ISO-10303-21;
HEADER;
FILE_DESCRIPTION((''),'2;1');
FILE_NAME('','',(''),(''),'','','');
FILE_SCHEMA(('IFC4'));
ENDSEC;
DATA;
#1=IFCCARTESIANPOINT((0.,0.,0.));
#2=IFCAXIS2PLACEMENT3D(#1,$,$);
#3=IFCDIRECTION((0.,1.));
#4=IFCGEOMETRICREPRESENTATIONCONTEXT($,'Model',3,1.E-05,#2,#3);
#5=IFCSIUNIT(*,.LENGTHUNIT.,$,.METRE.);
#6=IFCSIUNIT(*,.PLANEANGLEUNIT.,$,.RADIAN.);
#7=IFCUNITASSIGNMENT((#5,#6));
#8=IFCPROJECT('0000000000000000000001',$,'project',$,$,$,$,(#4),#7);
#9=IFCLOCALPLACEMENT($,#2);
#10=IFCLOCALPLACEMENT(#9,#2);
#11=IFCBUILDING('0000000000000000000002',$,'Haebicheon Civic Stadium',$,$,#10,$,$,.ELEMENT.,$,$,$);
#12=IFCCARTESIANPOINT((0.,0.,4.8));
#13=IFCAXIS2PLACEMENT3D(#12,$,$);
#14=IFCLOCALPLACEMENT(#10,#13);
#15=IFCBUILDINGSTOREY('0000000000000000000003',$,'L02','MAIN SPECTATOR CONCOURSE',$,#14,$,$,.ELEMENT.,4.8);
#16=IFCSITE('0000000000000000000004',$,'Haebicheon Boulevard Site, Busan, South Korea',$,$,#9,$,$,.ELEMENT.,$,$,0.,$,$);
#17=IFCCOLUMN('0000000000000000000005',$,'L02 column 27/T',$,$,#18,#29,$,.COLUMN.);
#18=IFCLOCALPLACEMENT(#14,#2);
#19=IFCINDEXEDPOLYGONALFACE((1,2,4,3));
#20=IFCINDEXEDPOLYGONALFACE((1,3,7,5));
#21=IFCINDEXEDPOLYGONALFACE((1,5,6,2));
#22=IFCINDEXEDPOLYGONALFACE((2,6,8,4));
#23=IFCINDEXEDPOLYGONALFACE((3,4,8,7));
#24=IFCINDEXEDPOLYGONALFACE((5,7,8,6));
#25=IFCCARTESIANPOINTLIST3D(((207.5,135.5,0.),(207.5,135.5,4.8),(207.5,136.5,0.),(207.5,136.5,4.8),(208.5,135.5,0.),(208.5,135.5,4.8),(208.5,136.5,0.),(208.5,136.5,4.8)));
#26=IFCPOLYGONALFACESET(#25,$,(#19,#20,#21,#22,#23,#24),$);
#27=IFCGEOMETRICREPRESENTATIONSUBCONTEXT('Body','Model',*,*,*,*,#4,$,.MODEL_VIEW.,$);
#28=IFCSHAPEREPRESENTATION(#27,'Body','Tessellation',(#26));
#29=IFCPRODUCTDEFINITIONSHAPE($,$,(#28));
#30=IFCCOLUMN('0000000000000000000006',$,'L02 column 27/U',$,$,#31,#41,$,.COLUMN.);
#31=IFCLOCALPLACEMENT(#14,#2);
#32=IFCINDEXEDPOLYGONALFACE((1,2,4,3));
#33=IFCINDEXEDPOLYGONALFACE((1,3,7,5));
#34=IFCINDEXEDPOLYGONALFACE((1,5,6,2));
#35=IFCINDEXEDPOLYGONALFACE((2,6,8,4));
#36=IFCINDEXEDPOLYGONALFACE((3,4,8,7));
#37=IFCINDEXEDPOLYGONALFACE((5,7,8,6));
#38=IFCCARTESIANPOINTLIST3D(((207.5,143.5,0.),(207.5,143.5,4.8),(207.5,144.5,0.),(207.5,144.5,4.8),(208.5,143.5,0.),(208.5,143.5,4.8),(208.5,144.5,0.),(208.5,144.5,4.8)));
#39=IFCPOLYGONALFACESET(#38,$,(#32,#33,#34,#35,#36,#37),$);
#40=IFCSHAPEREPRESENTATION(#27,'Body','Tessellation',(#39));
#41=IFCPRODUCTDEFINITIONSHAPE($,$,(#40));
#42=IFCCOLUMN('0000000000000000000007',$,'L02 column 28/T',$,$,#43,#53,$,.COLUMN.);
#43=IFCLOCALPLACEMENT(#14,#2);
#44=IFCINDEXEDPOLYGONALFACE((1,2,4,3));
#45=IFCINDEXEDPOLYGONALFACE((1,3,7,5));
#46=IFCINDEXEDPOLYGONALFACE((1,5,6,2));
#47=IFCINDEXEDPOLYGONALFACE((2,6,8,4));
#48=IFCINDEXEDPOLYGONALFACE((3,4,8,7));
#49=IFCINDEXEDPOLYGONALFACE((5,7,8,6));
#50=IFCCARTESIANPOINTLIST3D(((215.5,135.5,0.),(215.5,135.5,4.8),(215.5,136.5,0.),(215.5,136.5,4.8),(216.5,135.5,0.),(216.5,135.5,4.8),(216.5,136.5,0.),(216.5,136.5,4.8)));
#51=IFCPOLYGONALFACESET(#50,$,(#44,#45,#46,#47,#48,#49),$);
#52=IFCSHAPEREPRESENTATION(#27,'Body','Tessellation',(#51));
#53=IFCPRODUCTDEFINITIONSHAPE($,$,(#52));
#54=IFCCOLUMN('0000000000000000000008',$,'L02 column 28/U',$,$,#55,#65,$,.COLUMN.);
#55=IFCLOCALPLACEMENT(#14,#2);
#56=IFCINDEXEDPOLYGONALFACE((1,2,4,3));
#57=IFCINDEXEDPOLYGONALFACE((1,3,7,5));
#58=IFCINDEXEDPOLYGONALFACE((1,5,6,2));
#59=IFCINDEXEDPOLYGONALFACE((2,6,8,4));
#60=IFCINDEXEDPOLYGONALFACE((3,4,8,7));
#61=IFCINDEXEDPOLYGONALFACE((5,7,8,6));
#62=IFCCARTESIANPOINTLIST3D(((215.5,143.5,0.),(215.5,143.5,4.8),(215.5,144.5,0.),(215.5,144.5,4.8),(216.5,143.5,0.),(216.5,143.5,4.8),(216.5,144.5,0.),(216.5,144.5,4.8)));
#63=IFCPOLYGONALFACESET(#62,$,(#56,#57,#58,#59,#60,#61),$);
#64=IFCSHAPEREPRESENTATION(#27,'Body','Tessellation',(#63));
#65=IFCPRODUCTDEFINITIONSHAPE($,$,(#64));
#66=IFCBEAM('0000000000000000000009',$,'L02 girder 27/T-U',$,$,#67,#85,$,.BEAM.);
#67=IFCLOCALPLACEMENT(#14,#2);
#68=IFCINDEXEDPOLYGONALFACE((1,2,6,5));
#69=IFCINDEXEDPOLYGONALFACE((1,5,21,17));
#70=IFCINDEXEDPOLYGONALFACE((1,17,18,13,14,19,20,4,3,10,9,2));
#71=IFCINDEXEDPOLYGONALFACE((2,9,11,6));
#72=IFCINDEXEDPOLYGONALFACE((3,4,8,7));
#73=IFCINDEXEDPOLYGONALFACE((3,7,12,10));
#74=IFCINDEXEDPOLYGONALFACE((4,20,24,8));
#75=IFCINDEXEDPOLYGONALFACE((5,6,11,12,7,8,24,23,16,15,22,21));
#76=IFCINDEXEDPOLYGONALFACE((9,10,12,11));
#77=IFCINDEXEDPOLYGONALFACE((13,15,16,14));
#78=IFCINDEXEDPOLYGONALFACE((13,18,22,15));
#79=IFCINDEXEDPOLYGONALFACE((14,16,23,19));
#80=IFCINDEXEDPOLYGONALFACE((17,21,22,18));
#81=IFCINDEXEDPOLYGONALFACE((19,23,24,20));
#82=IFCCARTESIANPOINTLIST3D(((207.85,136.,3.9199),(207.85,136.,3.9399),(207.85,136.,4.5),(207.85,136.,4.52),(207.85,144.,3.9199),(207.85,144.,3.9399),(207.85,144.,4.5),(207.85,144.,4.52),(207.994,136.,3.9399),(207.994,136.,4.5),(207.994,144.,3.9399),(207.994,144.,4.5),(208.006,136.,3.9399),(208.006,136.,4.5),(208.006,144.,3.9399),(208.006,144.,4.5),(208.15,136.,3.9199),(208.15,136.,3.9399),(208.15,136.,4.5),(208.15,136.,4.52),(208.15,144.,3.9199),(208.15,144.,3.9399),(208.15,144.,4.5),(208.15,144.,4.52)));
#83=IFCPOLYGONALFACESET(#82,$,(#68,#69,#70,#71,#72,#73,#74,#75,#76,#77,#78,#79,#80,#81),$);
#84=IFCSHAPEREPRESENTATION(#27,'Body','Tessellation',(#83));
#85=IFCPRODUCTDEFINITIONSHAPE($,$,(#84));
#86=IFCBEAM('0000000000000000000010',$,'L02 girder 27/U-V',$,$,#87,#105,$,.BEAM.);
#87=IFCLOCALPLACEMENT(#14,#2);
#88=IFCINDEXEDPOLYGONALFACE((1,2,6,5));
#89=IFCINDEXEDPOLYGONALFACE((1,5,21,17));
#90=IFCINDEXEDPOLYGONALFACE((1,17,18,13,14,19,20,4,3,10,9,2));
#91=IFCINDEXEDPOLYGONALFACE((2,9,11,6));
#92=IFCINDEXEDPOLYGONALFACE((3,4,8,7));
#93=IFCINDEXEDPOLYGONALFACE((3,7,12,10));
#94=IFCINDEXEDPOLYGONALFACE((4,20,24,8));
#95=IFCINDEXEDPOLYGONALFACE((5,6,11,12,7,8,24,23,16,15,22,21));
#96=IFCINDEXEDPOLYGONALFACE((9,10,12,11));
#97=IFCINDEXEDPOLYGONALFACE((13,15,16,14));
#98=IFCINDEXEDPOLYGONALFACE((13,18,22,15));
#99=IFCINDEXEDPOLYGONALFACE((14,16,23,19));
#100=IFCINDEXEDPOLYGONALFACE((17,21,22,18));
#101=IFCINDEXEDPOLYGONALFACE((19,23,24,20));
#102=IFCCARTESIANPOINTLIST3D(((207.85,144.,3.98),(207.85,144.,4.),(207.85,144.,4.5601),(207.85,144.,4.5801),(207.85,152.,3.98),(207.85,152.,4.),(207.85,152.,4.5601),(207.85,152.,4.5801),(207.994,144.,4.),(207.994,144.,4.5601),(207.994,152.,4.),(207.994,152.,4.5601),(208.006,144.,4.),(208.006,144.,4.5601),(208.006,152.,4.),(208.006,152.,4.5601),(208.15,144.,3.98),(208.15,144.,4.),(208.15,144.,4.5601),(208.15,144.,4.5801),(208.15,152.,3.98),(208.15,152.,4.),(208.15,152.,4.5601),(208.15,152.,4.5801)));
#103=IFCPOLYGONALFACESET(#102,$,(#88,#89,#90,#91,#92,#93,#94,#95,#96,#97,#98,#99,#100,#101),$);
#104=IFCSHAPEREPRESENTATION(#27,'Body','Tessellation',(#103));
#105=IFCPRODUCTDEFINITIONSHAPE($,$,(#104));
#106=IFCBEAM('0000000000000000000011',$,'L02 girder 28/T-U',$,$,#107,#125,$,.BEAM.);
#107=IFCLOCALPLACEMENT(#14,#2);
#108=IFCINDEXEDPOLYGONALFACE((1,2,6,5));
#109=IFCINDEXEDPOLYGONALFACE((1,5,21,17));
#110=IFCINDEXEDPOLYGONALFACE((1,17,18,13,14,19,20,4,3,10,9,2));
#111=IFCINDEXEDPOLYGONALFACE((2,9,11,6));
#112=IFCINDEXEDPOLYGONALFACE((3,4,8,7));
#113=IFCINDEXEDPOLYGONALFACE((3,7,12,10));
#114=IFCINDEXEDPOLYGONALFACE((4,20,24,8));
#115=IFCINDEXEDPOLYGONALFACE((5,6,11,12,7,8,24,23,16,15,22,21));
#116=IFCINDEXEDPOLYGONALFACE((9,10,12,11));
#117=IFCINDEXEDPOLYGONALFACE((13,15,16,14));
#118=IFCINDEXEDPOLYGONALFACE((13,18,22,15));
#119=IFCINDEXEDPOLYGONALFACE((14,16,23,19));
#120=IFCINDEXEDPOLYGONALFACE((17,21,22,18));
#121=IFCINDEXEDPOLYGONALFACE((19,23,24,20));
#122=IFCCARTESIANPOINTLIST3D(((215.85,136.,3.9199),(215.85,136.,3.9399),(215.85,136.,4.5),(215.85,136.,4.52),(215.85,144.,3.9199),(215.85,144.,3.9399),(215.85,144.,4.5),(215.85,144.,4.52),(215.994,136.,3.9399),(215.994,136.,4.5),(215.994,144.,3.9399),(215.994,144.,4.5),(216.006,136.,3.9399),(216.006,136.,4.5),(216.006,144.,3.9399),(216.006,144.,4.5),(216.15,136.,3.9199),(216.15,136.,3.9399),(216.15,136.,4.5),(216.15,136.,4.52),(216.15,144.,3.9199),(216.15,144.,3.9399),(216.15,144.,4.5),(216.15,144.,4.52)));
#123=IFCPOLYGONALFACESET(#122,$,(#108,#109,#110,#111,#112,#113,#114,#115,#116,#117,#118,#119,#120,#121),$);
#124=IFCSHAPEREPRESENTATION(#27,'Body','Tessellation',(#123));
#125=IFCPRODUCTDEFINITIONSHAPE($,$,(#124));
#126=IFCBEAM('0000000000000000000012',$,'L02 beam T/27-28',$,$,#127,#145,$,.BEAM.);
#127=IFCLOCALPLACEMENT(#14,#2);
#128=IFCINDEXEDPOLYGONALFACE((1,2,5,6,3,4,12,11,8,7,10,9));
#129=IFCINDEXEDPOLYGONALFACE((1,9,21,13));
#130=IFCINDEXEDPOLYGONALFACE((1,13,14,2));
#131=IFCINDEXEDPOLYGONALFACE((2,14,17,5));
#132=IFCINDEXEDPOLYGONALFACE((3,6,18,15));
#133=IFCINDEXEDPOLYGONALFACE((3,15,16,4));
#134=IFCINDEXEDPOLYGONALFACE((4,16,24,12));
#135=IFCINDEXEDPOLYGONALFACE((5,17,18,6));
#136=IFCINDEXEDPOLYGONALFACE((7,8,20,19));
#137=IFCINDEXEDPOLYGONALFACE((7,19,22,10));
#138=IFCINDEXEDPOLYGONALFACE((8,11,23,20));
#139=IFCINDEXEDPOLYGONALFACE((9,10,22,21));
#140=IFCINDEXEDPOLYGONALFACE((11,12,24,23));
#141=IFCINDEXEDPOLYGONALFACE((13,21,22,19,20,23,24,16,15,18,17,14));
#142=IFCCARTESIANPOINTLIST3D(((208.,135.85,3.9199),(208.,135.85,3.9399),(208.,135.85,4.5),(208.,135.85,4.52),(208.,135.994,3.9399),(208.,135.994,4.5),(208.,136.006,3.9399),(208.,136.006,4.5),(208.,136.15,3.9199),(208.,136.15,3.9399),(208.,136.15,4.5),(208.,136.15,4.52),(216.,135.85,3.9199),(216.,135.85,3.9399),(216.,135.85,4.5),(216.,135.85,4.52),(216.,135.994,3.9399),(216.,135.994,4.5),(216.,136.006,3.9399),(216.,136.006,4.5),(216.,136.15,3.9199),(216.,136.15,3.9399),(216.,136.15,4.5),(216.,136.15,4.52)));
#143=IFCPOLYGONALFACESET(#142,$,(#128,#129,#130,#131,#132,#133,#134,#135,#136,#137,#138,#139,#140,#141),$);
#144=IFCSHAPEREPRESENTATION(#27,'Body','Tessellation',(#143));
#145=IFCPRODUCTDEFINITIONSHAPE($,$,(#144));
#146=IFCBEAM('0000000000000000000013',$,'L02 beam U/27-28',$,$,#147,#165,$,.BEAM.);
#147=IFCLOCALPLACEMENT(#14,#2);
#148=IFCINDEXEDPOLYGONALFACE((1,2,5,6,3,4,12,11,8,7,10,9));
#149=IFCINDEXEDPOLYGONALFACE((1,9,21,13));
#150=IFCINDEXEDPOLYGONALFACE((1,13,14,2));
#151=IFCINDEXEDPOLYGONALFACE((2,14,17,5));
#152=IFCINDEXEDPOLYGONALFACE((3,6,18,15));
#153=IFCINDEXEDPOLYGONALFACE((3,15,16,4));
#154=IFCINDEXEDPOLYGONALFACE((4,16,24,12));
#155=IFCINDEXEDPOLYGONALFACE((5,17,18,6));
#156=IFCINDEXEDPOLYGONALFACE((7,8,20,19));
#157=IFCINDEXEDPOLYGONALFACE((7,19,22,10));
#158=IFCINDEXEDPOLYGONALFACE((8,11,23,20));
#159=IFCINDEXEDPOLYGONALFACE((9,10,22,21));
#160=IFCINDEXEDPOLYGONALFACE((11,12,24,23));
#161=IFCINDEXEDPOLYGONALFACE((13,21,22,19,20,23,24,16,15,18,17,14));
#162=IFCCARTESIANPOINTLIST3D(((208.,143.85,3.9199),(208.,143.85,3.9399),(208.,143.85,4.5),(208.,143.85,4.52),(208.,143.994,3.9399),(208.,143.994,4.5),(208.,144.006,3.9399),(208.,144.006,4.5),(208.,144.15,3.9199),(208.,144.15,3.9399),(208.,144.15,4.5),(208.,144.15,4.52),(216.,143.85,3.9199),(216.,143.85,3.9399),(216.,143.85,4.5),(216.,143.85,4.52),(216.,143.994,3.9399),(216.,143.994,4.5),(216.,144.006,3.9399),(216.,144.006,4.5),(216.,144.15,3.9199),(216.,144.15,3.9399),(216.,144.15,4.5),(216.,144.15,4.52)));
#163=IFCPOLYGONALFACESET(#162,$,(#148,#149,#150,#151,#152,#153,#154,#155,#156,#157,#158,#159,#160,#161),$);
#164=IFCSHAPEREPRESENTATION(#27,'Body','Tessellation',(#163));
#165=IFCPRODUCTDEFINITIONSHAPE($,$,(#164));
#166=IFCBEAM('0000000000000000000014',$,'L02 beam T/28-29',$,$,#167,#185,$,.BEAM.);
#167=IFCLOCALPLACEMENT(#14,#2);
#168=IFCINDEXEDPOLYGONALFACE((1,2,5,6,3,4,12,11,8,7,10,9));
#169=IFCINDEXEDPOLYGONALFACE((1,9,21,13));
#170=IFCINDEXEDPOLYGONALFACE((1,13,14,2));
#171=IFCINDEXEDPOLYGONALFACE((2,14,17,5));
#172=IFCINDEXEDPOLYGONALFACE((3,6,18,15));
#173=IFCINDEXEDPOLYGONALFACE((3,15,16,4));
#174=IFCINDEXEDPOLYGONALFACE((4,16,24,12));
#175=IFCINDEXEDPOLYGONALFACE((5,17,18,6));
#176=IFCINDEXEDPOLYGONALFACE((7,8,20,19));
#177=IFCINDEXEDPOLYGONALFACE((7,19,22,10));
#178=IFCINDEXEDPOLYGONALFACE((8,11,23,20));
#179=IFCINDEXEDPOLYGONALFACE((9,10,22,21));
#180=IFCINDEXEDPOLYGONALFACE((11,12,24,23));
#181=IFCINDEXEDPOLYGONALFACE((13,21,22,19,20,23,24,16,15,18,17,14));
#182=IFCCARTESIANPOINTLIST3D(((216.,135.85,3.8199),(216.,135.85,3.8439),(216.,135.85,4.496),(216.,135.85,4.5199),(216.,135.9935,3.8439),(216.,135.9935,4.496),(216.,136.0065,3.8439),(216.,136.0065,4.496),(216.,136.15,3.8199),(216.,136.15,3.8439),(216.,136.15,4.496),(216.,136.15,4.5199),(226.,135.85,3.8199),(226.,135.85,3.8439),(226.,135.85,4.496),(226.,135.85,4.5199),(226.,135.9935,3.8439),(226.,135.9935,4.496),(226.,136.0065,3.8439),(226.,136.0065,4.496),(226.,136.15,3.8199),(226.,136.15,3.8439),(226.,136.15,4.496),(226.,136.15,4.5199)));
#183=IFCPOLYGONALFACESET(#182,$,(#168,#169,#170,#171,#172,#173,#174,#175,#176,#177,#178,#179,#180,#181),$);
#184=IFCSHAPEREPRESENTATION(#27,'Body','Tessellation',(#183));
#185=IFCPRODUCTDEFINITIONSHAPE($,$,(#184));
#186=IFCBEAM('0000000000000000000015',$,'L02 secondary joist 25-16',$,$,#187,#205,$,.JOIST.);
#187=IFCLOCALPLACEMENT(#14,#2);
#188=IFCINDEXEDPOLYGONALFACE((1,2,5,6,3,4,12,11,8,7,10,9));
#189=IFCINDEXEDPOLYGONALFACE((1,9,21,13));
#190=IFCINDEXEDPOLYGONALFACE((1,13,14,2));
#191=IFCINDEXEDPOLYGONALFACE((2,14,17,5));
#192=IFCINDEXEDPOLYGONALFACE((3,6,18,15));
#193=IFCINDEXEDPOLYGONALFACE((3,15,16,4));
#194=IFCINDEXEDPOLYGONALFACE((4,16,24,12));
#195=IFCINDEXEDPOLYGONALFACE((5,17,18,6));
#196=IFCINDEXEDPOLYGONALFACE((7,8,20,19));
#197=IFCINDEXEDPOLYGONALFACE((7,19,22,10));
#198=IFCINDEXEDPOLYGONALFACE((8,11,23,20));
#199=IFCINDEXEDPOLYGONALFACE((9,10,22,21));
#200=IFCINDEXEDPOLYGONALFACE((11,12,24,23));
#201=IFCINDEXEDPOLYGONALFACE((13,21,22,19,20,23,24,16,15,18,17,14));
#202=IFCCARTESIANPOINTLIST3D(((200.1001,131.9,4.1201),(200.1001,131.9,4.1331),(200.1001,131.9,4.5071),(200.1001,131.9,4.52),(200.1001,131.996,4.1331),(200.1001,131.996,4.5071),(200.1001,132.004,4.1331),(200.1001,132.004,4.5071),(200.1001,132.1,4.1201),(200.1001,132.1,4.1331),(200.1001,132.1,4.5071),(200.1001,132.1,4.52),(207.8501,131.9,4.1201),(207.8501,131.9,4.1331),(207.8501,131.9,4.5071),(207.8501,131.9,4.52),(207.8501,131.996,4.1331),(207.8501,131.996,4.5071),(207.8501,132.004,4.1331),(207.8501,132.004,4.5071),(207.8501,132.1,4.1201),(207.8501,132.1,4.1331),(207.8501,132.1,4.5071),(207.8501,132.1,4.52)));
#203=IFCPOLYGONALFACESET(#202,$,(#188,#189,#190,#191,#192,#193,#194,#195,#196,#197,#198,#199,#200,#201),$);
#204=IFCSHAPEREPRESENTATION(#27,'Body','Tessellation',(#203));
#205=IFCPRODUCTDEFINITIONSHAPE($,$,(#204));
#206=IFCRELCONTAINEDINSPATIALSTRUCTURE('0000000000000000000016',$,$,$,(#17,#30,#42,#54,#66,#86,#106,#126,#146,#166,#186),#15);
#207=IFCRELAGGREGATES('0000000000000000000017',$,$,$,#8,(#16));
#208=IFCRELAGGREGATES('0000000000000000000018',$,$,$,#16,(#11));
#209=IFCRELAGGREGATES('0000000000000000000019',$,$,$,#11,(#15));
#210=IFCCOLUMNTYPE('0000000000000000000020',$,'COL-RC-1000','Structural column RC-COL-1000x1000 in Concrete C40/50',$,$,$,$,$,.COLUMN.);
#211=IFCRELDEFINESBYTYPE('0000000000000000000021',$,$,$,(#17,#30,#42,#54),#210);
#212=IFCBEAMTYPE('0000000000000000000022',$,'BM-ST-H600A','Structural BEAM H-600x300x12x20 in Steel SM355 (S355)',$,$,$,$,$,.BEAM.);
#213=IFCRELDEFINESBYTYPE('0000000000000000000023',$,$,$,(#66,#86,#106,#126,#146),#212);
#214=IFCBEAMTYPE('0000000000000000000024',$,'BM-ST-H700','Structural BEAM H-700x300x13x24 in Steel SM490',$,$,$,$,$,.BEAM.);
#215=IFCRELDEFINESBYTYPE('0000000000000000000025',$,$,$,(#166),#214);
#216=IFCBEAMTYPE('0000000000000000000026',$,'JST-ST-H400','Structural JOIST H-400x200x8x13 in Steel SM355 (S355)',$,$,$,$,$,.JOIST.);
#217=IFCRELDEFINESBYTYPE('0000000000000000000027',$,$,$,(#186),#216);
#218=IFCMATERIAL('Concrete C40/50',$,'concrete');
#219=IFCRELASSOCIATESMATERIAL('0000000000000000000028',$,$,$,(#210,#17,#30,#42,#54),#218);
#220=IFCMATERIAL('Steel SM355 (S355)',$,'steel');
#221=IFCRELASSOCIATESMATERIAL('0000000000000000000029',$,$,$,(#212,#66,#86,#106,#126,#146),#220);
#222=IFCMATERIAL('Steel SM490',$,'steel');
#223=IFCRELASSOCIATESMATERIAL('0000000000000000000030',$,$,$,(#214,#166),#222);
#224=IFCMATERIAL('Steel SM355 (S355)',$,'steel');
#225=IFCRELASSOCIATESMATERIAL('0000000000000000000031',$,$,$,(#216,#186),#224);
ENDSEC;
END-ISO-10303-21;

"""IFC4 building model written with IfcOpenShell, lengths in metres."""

from ifc_helpers import new_model, si_unit, direction, frame, origin, origin_2d, place, context, subcontext, project, spatial, rectangle, i_section, extrude, material, material_profile, profile_set, type_object, element, save


model = new_model("IFC4")

# Units and contexts
model_context = context("Model", 3, precision=1e-05, world=origin(), true_north=direction((0.0, 1.0)))
body_context = subcontext(model_context, "Body", "Model", "MODEL_VIEW")
ifc_project = project(units=[si_unit("LENGTHUNIT", "METRE"), si_unit("PLANEANGLEUNIT", "RADIAN")], contexts=[model_context])

# Site, building, storey
site_placement = place(None, origin())
site = spatial("IfcSite", under=ifc_project, at=site_placement, Name="Haebicheon Boulevard Site, Busan, South Korea", CompositionType="ELEMENT", RefElevation=0.0)
building_placement = place(site_placement, origin())
building = spatial("IfcBuilding", under=site, at=building_placement, Name="Haebicheon Civic Stadium", CompositionType="ELEMENT")
storey_placement = place(building_placement, frame((0.0, 0.0, 4.8)))
storey = spatial("IfcBuildingStorey", under=building, at=storey_placement, Name="L02", Description="MAIN SPECTATOR CONCOURSE", CompositionType="ELEMENT", Elevation=4.8)

# Columns
ifc_material_1 = material(Name="Concrete C40/50", Category="concrete")
ifc_material_profile_1 = material_profile(ifc_material_1, rectangle(XDim=1.0, YDim=1.0, at=origin_2d()), Name="RC-COL-1000x1000")
ifc_profile_set_1 = profile_set([ifc_material_profile_1], Name="Concrete C40/50")
column_type = type_object("IfcColumnType", Name="COL-RC-1000", Description="Structural column RC-COL-1000x1000 in Concrete C40/50", PredefinedType="COLUMN", material=ifc_profile_set_1)
for number, where, z_axis, x_axis, name in (
    (1, (208.0, 136.0, 0.0), (0.0, 0.0, 1.0), (1.0, 0.0, 0.0), "L02 column 27/T"),
    (2, (208.0, 144.0, 0.0), (0.0, 0.0, 1.0), (1.0, 0.0, 0.0), "L02 column 27/U"),
    (3, (216.0, 136.0, 0.0), (0.0, 0.0, 1.0), (1.0, 0.0, 0.0), "L02 column 28/T"),
    (4, (216.0, 144.0, 0.0), (0.0, 0.0, 1.0), (1.0, 0.0, 0.0), "L02 column 28/U"),
):
    element("IfcColumn", number, at=place(storey_placement, frame(where, z_axis=z_axis, x_axis=x_axis)), inside=storey, type_object=column_type, material=ifc_profile_set_1, Name=name, PredefinedType="COLUMN", context=body_context, shape_type="SweptSolid", body=[
        extrude(rectangle(XDim=1.0, YDim=1.0, at=origin_2d()), origin(), (0.0, 0.0, 1.0), 4.8),
    ])

# Beams
ifc_material_2 = material(Name="Steel SM355 (S355)", Category="steel")
ifc_material_profile_2 = material_profile(ifc_material_2, i_section(OverallWidth=0.3, OverallDepth=0.6001, WebThickness=0.012, FlangeThickness=0.02, at=origin_2d()), Name="H-600x300x12x20")
ifc_profile_set_2 = profile_set([ifc_material_profile_2], Name="Steel SM355 (S355)")
beam_type_1 = type_object("IfcBeamType", Name="BM-ST-H600A", Description="Structural BEAM H-600x300x12x20 in Steel SM355 (S355)", PredefinedType="BEAM", material=ifc_profile_set_2)
for number, where, z_axis, x_axis, name in (
    (5, (208.0, 136.0, 4.22), (0.0, 1.0, 0.0), (-1.0, 0.0, 0.0), "L02 girder 27/T-U"),
    (6, (208.0, 144.0, 4.28), (0.0, 1.0, 0.0), (-1.0, 0.0, 0.0), "L02 girder 27/U-V"),
    (7, (216.0, 136.0, 4.22), (0.0, 1.0, 0.0), (-1.0, 0.0, 0.0), "L02 girder 28/T-U"),
    (8, (208.0, 136.0, 4.22), (1.0, 0.0, 0.0), (0.0, 1.0, 0.0), "L02 beam T/27-28"),
    (9, (208.0, 144.0, 4.22), (1.0, 0.0, 0.0), (0.0, 1.0, 0.0), "L02 beam U/27-28"),
):
    element("IfcBeam", number, at=place(storey_placement, frame(where, z_axis=z_axis, x_axis=x_axis)), inside=storey, type_object=beam_type_1, material=ifc_profile_set_2, Name=name, PredefinedType="BEAM", context=body_context, shape_type="SweptSolid", body=[
        extrude(i_section(OverallWidth=0.3, OverallDepth=0.6001, WebThickness=0.012, FlangeThickness=0.02, at=origin_2d()), origin(), (0.0, 0.0, 1.0), 8.0),
    ])
ifc_material_3 = material(Name="Steel SM490", Category="steel")
ifc_material_profile_3 = material_profile(ifc_material_3, i_section(OverallWidth=0.3, OverallDepth=0.7, WebThickness=0.0129, FlangeThickness=0.0239, at=origin_2d()), Name="H-700x300x13x24")
ifc_profile_set_3 = profile_set([ifc_material_profile_3], Name="Steel SM490")
beam_type_2 = type_object("IfcBeamType", Name="BM-ST-H700", Description="Structural BEAM H-700x300x13x24 in Steel SM490", PredefinedType="BEAM", material=ifc_profile_set_3)
beam_1_placement = place(storey_placement, frame((216.0, 136.0, 4.1699), z_axis=(1.0, 0.0, 0.0), x_axis=(0.0, 1.0, 0.0)))
element("IfcBeam", 10, at=beam_1_placement, inside=storey, type_object=beam_type_2, material=ifc_profile_set_3, Name="L02 beam T/28-29", PredefinedType="BEAM", context=body_context, shape_type="SweptSolid", body=[
    extrude(i_section(OverallWidth=0.3, OverallDepth=0.7, WebThickness=0.0129, FlangeThickness=0.0239, at=origin_2d()), origin(), (0.0, 0.0, 1.0), 10.0),
])
ifc_material_4 = material(Name="Steel SM355 (S355)", Category="steel")
ifc_material_profile_4 = material_profile(ifc_material_4, i_section(OverallWidth=0.2, OverallDepth=0.3999, WebThickness=0.0081, FlangeThickness=0.0129, at=origin_2d()), Name="H-400x200x8x13")
ifc_profile_set_4 = profile_set([ifc_material_profile_4], Name="Steel SM355 (S355)")
beam_type_3 = type_object("IfcBeamType", Name="JST-ST-H400", Description="Structural JOIST H-400x200x8x13 in Steel SM355 (S355)", PredefinedType="JOIST", material=ifc_profile_set_4)
beam_2_placement = place(storey_placement, frame((200.1001, 132.0, 4.3201), z_axis=(1.0, 0.0, 0.0), x_axis=(0.0, 1.0, 0.0)))
element("IfcBeam", 11, at=beam_2_placement, inside=storey, type_object=beam_type_3, material=ifc_profile_set_4, Name="L02 secondary joist 25-16", PredefinedType="JOIST", context=body_context, shape_type="SweptSolid", body=[
    extrude(i_section(OverallWidth=0.2, OverallDepth=0.3999, WebThickness=0.0081, FlangeThickness=0.0129, at=origin_2d()), origin(), (0.0, 0.0, 1.0), 7.75),
])

save(model, "model.ifc")
